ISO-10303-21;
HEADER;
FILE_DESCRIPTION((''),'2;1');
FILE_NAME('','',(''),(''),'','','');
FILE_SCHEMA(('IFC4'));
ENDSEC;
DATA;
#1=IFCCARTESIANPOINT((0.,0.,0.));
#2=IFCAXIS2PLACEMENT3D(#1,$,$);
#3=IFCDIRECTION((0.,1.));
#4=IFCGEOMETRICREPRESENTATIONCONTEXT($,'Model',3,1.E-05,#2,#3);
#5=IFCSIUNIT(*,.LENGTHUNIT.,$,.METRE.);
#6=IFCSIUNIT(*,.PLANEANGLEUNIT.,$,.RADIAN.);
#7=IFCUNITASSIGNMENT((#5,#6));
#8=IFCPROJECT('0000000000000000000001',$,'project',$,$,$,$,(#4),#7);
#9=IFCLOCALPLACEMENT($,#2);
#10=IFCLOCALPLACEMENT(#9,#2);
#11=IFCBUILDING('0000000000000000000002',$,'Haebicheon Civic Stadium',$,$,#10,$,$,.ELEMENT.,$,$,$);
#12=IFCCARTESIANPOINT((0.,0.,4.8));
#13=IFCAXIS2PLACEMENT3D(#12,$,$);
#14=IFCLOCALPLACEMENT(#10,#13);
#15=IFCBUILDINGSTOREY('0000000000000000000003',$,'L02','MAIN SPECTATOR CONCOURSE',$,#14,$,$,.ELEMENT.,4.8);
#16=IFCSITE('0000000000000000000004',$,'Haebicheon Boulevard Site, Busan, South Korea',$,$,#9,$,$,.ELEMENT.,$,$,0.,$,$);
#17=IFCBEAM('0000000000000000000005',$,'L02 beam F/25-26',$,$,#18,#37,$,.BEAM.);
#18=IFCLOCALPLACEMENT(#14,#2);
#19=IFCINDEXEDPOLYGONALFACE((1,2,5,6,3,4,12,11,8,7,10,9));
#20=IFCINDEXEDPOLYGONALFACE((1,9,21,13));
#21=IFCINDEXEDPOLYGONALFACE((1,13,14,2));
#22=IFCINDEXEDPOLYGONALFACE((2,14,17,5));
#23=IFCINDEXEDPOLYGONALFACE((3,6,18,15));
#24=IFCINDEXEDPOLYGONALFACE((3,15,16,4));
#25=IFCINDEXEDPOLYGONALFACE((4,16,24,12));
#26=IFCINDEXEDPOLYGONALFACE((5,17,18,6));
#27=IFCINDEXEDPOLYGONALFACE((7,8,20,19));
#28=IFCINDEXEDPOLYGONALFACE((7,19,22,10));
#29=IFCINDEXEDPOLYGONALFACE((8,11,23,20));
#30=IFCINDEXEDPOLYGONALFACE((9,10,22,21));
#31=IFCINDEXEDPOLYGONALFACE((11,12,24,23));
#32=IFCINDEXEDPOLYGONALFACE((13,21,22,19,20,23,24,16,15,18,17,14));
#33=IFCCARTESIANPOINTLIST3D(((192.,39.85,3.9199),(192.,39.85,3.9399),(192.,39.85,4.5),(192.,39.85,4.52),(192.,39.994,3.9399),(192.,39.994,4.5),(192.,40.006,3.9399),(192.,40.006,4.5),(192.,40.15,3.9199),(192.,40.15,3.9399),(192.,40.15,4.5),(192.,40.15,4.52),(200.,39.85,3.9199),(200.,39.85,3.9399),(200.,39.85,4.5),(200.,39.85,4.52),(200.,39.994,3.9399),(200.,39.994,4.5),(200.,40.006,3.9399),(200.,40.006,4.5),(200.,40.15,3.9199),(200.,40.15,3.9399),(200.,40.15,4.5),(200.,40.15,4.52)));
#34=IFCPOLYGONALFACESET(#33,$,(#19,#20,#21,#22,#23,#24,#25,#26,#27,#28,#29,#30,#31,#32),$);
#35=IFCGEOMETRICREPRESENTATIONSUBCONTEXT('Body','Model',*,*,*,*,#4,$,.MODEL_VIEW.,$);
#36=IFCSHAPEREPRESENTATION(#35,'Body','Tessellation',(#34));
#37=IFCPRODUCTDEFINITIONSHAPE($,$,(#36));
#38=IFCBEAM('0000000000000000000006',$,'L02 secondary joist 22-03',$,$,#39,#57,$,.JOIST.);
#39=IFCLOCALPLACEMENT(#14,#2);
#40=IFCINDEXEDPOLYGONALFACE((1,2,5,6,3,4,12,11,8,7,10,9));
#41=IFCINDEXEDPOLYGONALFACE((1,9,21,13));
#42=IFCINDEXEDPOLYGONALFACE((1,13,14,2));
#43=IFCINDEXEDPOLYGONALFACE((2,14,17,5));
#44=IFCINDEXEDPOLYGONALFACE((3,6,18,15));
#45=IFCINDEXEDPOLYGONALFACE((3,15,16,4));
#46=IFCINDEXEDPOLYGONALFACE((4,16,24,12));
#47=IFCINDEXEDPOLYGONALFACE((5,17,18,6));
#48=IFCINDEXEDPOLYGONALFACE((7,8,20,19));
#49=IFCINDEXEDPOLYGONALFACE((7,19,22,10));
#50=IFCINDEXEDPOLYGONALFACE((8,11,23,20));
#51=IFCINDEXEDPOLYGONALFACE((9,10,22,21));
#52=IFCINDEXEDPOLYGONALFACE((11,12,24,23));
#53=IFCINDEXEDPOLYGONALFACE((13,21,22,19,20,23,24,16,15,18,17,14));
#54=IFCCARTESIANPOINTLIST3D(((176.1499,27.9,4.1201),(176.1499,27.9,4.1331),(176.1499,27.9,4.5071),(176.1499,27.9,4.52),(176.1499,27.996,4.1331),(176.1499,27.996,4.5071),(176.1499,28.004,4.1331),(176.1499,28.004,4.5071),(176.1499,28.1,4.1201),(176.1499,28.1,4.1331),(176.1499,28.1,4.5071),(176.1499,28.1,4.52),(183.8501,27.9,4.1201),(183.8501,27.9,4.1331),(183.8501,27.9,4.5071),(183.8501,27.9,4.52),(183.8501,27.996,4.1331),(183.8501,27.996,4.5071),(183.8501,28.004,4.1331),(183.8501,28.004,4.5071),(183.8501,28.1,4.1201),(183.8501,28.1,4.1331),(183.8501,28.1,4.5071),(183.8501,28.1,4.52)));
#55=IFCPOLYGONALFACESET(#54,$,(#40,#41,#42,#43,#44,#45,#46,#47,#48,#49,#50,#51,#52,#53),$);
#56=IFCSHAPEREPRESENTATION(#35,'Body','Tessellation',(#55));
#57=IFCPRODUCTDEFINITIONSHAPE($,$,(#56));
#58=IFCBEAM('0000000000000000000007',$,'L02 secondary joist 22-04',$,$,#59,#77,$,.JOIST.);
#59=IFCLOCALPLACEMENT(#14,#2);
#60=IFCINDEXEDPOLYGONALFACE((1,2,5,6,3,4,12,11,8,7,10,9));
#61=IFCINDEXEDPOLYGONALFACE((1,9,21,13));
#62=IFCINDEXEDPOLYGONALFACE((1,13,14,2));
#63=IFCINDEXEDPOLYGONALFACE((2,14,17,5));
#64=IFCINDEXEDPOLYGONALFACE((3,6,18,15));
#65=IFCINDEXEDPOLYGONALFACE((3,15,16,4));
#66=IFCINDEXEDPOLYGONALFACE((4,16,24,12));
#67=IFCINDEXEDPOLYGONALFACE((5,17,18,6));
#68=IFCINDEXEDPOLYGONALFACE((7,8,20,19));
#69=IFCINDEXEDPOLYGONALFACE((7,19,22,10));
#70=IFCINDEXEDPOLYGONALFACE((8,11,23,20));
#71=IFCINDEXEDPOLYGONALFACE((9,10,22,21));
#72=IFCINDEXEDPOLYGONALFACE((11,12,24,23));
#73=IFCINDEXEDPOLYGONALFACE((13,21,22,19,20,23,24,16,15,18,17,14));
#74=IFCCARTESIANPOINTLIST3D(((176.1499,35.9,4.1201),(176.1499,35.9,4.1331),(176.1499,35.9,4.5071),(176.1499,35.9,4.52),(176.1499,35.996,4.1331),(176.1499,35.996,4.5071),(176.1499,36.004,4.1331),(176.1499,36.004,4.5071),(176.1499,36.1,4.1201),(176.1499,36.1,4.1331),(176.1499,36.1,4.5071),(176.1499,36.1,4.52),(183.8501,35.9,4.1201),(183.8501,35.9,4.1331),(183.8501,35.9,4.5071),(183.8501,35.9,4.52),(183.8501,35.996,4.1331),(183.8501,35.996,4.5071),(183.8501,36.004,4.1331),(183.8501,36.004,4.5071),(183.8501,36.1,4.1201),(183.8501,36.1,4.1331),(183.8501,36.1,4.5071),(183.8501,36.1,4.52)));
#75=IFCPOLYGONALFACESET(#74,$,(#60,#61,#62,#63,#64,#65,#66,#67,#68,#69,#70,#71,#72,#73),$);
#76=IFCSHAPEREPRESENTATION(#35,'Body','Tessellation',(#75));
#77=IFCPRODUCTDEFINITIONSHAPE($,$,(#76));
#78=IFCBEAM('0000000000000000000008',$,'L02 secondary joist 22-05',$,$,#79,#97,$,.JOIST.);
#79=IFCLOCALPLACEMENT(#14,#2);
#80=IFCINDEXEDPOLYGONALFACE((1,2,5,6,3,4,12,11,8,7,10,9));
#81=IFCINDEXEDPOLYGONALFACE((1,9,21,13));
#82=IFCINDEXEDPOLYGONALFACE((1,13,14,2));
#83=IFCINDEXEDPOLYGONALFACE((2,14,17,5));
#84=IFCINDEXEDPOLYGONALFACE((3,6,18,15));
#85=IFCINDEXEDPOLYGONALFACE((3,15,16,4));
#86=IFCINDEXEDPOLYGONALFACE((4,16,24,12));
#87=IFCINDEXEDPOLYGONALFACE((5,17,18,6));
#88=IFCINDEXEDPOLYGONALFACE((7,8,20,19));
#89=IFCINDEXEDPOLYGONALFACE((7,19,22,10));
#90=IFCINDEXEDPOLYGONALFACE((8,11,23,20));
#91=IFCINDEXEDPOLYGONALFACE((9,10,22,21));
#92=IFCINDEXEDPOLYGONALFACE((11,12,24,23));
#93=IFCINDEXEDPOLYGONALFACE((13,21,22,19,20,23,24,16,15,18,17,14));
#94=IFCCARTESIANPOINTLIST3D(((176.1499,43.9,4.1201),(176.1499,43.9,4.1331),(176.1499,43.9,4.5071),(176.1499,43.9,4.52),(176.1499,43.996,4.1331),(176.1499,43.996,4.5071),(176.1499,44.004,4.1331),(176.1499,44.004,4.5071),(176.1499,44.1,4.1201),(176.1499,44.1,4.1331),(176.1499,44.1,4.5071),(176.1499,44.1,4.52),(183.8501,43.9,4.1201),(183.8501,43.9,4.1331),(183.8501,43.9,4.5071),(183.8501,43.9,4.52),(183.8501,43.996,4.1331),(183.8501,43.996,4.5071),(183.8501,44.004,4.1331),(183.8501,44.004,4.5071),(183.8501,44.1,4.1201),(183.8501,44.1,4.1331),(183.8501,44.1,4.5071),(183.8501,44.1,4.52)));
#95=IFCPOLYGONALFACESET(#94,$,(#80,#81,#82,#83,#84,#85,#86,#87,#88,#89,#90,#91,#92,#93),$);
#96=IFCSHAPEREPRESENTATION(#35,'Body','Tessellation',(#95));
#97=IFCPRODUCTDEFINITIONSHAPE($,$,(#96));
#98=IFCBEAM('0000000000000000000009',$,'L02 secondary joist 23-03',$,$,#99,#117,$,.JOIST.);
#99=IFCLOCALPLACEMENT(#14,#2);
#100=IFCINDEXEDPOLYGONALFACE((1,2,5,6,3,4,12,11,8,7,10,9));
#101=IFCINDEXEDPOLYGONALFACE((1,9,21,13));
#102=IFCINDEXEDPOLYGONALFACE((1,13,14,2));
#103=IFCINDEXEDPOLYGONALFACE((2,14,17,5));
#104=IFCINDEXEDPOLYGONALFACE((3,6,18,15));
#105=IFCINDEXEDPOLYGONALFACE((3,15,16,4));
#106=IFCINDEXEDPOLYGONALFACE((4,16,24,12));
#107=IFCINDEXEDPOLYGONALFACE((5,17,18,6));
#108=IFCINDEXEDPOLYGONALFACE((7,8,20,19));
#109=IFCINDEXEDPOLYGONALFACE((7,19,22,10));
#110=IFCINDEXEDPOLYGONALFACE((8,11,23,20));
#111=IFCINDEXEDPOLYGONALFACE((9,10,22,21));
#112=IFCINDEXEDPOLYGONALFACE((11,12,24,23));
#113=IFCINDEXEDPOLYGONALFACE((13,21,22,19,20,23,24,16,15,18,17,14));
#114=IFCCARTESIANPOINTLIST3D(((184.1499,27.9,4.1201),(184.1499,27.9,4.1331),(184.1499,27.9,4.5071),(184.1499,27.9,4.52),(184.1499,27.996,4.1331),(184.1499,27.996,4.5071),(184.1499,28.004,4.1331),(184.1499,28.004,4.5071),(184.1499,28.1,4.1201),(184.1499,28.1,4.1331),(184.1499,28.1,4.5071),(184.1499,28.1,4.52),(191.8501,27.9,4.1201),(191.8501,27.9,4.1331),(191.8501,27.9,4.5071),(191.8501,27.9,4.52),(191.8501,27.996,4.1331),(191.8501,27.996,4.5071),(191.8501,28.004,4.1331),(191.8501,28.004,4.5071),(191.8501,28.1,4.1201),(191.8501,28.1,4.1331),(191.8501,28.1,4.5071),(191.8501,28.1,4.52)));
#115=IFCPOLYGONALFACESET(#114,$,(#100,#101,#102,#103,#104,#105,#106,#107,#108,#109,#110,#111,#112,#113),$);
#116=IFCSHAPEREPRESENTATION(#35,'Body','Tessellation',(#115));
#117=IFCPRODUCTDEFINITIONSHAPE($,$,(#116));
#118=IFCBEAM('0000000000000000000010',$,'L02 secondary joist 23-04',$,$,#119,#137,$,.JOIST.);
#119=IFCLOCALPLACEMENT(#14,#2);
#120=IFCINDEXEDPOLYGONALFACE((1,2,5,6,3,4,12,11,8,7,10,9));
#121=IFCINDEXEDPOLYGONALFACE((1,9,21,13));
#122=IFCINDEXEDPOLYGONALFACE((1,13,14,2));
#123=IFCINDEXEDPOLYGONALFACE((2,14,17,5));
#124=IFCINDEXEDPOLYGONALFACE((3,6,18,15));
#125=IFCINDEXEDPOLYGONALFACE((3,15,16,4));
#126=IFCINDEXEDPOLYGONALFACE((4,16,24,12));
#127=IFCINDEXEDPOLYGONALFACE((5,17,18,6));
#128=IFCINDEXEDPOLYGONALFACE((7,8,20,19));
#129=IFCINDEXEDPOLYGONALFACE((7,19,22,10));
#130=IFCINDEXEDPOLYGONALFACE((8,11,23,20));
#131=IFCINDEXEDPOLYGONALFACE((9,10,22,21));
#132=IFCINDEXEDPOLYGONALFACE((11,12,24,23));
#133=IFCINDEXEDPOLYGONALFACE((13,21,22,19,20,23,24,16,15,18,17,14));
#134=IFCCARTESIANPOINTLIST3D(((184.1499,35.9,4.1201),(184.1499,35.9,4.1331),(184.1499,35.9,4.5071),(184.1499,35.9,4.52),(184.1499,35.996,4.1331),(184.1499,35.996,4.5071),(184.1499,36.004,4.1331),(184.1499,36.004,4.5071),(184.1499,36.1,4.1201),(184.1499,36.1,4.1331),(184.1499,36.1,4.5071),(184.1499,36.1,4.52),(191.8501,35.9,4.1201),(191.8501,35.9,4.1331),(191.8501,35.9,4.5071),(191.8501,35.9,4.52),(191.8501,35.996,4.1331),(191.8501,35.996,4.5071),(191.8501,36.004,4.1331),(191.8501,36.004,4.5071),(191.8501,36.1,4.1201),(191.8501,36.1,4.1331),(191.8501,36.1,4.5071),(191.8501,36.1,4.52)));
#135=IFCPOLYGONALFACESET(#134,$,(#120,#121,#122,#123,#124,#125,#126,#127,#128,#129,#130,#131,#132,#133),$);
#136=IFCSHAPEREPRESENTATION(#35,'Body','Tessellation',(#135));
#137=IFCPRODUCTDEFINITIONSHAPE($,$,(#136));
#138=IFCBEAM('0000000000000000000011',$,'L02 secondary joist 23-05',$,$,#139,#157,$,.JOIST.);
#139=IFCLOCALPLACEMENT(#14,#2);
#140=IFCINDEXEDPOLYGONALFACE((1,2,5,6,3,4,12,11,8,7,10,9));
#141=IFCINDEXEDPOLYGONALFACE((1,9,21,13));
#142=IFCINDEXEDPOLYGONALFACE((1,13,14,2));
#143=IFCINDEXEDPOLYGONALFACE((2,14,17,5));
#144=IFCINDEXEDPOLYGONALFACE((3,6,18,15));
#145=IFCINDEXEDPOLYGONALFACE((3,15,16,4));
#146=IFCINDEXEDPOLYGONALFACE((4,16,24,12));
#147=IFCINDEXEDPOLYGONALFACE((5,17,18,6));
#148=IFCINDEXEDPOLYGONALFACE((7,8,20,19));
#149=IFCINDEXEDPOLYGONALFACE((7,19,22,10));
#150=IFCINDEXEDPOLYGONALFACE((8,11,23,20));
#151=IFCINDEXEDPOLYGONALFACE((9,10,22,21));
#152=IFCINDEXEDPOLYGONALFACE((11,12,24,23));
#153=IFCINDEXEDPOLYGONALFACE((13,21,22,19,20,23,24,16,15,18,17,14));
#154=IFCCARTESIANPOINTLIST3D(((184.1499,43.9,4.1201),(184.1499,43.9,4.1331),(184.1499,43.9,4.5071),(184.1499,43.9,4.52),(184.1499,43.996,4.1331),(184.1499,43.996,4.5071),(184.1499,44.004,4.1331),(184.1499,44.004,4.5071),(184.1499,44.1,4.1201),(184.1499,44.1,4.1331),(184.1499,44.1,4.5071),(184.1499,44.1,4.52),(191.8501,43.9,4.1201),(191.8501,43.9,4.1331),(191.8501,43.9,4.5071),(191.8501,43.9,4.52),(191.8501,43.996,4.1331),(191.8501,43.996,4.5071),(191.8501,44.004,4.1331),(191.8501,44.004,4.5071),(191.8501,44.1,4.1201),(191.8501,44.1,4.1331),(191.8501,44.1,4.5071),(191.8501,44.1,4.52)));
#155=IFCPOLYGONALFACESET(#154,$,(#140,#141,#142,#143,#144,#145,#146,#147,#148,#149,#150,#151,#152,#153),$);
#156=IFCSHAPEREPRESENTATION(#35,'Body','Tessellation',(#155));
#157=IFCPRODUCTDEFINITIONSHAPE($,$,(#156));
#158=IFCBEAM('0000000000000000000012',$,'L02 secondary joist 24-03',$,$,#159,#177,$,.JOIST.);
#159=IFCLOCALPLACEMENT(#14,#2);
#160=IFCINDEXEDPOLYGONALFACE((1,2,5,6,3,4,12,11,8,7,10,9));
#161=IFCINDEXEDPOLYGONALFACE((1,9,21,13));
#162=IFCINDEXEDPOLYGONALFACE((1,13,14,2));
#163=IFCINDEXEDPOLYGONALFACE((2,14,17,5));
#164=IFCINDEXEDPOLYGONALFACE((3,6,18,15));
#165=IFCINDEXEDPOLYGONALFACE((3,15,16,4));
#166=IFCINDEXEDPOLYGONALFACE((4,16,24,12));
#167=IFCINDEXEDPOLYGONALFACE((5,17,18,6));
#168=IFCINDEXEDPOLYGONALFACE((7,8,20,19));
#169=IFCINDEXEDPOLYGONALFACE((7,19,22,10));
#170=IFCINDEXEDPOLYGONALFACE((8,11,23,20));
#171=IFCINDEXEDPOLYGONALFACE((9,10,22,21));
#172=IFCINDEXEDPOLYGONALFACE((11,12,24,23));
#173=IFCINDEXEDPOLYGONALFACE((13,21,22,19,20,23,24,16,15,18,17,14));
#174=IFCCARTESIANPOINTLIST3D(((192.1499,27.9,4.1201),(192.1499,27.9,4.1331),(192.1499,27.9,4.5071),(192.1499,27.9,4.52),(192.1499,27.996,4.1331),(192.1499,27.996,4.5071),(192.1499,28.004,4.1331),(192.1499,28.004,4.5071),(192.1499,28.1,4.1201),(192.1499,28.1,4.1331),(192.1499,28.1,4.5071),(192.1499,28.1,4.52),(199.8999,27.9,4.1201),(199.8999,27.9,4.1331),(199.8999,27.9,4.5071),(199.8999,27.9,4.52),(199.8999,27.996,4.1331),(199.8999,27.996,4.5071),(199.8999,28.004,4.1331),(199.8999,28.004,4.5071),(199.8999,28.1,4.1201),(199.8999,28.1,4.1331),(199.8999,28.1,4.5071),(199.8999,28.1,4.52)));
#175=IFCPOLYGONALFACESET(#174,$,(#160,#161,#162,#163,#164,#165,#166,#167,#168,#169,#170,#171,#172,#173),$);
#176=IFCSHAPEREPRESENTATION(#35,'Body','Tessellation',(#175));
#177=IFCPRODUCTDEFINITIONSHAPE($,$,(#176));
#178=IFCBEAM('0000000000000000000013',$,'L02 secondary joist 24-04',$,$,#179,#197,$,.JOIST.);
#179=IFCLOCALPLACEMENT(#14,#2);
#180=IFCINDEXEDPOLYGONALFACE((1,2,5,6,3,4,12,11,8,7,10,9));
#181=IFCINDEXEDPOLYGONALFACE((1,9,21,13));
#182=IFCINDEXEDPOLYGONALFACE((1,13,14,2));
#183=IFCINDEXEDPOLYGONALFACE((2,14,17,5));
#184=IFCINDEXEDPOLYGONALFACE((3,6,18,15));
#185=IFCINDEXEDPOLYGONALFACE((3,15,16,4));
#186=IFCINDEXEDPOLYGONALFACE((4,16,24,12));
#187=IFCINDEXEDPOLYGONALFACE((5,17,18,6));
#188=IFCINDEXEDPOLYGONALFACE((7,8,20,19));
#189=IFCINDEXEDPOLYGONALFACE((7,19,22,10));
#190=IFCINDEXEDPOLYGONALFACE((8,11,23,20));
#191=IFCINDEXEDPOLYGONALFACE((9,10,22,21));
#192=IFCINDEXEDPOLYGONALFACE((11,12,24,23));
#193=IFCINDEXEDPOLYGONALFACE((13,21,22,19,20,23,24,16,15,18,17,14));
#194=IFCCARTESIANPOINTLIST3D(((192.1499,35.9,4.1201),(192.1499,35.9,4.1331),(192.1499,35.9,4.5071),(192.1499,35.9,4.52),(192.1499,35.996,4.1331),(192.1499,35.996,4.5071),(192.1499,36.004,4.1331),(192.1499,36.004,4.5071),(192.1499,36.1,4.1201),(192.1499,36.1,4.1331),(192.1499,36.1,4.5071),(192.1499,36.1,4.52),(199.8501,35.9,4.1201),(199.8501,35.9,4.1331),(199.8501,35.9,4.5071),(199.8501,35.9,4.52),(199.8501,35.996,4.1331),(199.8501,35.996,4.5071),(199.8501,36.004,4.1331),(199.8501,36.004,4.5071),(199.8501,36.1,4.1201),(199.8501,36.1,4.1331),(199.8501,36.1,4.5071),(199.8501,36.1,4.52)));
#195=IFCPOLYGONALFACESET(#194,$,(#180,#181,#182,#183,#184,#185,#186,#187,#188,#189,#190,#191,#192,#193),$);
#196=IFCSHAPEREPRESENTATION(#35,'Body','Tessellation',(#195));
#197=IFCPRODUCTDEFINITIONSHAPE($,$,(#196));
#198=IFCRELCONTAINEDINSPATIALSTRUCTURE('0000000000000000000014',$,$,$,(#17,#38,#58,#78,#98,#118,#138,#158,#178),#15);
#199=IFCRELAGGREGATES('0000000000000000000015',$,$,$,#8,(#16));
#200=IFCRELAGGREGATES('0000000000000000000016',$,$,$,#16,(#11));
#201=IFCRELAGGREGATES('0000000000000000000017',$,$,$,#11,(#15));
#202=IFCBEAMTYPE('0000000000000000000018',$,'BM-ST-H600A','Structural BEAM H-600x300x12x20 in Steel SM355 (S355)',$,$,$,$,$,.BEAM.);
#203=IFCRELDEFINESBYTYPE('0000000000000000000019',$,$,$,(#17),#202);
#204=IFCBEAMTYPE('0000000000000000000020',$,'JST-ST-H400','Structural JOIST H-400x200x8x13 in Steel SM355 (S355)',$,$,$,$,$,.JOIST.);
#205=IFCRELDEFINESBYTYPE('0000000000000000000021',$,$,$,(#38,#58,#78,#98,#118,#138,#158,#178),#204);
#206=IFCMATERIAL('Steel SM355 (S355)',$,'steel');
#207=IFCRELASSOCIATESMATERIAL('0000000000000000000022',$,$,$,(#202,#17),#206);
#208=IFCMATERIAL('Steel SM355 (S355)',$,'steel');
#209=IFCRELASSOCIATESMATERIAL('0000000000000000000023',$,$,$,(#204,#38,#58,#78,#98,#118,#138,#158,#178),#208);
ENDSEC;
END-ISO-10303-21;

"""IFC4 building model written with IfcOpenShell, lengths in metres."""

from ifc_helpers import new_model, si_unit, direction, frame, origin, origin_2d, place, context, subcontext, project, spatial, i_section, extrude, material, material_profile, profile_set, type_object, element, save


model = new_model("IFC4")

# Units and contexts
model_context = context("Model", 3, precision=1e-05, world=origin(), true_north=direction((0.0, 1.0)))
body_context = subcontext(model_context, "Body", "Model", "MODEL_VIEW")
ifc_project = project(units=[si_unit("LENGTHUNIT", "METRE"), si_unit("PLANEANGLEUNIT", "RADIAN")], contexts=[model_context])

# Site, building, storey
site_placement = place(None, origin())
site = spatial("IfcSite", under=ifc_project, at=site_placement, Name="Haebicheon Boulevard Site, Busan, South Korea", CompositionType="ELEMENT", RefElevation=0.0)
building_placement = place(site_placement, origin())
building = spatial("IfcBuilding", under=site, at=building_placement, Name="Haebicheon Civic Stadium", CompositionType="ELEMENT")
storey_placement = place(building_placement, frame((0.0, 0.0, 4.8)))
storey = spatial("IfcBuildingStorey", under=building, at=storey_placement, Name="L02", Description="MAIN SPECTATOR CONCOURSE", CompositionType="ELEMENT", Elevation=4.8)

# Beams
ifc_material_1 = material(Name="Steel SM355 (S355)", Category="steel")
ifc_material_profile_1 = material_profile(ifc_material_1, i_section(OverallWidth=0.3, OverallDepth=0.6001, WebThickness=0.012, FlangeThickness=0.02, at=origin_2d()), Name="H-600x300x12x20")
ifc_profile_set_1 = profile_set([ifc_material_profile_1], Name="Steel SM355 (S355)")
beam_type_1 = type_object("IfcBeamType", Name="BM-ST-H600A", Description="Structural BEAM H-600x300x12x20 in Steel SM355 (S355)", PredefinedType="BEAM", material=ifc_profile_set_1)
for number, where, z_axis, x_axis, name in (
    (1, (192.0, 40.0, 4.22), (1.0, 0.0, 0.0), (0.0, 1.0, 0.0), "L02 beam F/25-26"),
):
    element("IfcBeam", number, at=place(storey_placement, frame(where, z_axis=z_axis, x_axis=x_axis)), inside=storey, type_object=beam_type_1, material=ifc_profile_set_1, Name=name, PredefinedType="BEAM", context=body_context, shape_type="SweptSolid", body=[
        extrude(i_section(OverallWidth=0.3, OverallDepth=0.6001, WebThickness=0.012, FlangeThickness=0.02, at=origin_2d()), origin(), (0.0, 0.0, 1.0), 8.0),
    ])
ifc_material_2 = material(Name="Steel SM355 (S355)", Category="steel")
ifc_material_profile_2 = material_profile(ifc_material_2, i_section(OverallWidth=0.2, OverallDepth=0.3999, WebThickness=0.0081, FlangeThickness=0.0129, at=origin_2d()), Name="H-400x200x8x13")
ifc_profile_set_2 = profile_set([ifc_material_profile_2], Name="Steel SM355 (S355)")
beam_type_2 = type_object("IfcBeamType", Name="JST-ST-H400", Description="Structural JOIST H-400x200x8x13 in Steel SM355 (S355)", PredefinedType="JOIST", material=ifc_profile_set_2)
for number, where, z_axis, x_axis, name in (
    (2, (176.1499, 28.0, 4.3201), (1.0, 0.0, 0.0), (0.0, 1.0, 0.0), "L02 secondary joist 22-03"),
    (3, (176.1499, 36.0, 4.3201), (1.0, 0.0, 0.0), (0.0, 1.0, 0.0), "L02 secondary joist 22-04"),
    (4, (176.1499, 44.0, 4.3201), (1.0, 0.0, 0.0), (0.0, 1.0, 0.0), "L02 secondary joist 22-05"),
    (5, (184.1499, 28.0, 4.3201), (1.0, 0.0, 0.0), (0.0, 1.0, 0.0), "L02 secondary joist 23-03"),
    (6, (184.1499, 36.0, 4.3201), (1.0, 0.0, 0.0), (0.0, 1.0, 0.0), "L02 secondary joist 23-04"),
    (7, (184.1499, 44.0, 4.3201), (1.0, 0.0, 0.0), (0.0, 1.0, 0.0), "L02 secondary joist 23-05"),
):
    element("IfcBeam", number, at=place(storey_placement, frame(where, z_axis=z_axis, x_axis=x_axis)), inside=storey, type_object=beam_type_2, material=ifc_profile_set_2, Name=name, PredefinedType="JOIST", context=body_context, shape_type="SweptSolid", body=[
        extrude(i_section(OverallWidth=0.2, OverallDepth=0.3999, WebThickness=0.0081, FlangeThickness=0.0129, at=origin_2d()), origin(), (0.0, 0.0, 1.0), 7.7002),
    ])
beam_placement = place(storey_placement, frame((192.1499, 28.0, 4.3201), z_axis=(1.0, 0.0, 0.0), x_axis=(0.0, 1.0, 0.0)))
element("IfcBeam", 8, at=beam_placement, inside=storey, type_object=beam_type_2, material=ifc_profile_set_2, Name="L02 secondary joist 24-03", PredefinedType="JOIST", context=body_context, shape_type="SweptSolid", body=[
    extrude(i_section(OverallWidth=0.2, OverallDepth=0.3999, WebThickness=0.0081, FlangeThickness=0.0129, at=origin_2d()), origin(), (0.0, 0.0, 1.0), 7.75),
])
for number, where, z_axis, x_axis, name in (
    (9, (192.1499, 36.0, 4.3201), (1.0, 0.0, 0.0), (0.0, 1.0, 0.0), "L02 secondary joist 24-04"),
):
    element("IfcBeam", number, at=place(storey_placement, frame(where, z_axis=z_axis, x_axis=x_axis)), inside=storey, type_object=beam_type_2, material=ifc_profile_set_2, Name=name, PredefinedType="JOIST", context=body_context, shape_type="SweptSolid", body=[
        extrude(i_section(OverallWidth=0.2, OverallDepth=0.3999, WebThickness=0.0081, FlangeThickness=0.0129, at=origin_2d()), origin(), (0.0, 0.0, 1.0), 7.7002),
    ])

save(model, "model.ifc")
